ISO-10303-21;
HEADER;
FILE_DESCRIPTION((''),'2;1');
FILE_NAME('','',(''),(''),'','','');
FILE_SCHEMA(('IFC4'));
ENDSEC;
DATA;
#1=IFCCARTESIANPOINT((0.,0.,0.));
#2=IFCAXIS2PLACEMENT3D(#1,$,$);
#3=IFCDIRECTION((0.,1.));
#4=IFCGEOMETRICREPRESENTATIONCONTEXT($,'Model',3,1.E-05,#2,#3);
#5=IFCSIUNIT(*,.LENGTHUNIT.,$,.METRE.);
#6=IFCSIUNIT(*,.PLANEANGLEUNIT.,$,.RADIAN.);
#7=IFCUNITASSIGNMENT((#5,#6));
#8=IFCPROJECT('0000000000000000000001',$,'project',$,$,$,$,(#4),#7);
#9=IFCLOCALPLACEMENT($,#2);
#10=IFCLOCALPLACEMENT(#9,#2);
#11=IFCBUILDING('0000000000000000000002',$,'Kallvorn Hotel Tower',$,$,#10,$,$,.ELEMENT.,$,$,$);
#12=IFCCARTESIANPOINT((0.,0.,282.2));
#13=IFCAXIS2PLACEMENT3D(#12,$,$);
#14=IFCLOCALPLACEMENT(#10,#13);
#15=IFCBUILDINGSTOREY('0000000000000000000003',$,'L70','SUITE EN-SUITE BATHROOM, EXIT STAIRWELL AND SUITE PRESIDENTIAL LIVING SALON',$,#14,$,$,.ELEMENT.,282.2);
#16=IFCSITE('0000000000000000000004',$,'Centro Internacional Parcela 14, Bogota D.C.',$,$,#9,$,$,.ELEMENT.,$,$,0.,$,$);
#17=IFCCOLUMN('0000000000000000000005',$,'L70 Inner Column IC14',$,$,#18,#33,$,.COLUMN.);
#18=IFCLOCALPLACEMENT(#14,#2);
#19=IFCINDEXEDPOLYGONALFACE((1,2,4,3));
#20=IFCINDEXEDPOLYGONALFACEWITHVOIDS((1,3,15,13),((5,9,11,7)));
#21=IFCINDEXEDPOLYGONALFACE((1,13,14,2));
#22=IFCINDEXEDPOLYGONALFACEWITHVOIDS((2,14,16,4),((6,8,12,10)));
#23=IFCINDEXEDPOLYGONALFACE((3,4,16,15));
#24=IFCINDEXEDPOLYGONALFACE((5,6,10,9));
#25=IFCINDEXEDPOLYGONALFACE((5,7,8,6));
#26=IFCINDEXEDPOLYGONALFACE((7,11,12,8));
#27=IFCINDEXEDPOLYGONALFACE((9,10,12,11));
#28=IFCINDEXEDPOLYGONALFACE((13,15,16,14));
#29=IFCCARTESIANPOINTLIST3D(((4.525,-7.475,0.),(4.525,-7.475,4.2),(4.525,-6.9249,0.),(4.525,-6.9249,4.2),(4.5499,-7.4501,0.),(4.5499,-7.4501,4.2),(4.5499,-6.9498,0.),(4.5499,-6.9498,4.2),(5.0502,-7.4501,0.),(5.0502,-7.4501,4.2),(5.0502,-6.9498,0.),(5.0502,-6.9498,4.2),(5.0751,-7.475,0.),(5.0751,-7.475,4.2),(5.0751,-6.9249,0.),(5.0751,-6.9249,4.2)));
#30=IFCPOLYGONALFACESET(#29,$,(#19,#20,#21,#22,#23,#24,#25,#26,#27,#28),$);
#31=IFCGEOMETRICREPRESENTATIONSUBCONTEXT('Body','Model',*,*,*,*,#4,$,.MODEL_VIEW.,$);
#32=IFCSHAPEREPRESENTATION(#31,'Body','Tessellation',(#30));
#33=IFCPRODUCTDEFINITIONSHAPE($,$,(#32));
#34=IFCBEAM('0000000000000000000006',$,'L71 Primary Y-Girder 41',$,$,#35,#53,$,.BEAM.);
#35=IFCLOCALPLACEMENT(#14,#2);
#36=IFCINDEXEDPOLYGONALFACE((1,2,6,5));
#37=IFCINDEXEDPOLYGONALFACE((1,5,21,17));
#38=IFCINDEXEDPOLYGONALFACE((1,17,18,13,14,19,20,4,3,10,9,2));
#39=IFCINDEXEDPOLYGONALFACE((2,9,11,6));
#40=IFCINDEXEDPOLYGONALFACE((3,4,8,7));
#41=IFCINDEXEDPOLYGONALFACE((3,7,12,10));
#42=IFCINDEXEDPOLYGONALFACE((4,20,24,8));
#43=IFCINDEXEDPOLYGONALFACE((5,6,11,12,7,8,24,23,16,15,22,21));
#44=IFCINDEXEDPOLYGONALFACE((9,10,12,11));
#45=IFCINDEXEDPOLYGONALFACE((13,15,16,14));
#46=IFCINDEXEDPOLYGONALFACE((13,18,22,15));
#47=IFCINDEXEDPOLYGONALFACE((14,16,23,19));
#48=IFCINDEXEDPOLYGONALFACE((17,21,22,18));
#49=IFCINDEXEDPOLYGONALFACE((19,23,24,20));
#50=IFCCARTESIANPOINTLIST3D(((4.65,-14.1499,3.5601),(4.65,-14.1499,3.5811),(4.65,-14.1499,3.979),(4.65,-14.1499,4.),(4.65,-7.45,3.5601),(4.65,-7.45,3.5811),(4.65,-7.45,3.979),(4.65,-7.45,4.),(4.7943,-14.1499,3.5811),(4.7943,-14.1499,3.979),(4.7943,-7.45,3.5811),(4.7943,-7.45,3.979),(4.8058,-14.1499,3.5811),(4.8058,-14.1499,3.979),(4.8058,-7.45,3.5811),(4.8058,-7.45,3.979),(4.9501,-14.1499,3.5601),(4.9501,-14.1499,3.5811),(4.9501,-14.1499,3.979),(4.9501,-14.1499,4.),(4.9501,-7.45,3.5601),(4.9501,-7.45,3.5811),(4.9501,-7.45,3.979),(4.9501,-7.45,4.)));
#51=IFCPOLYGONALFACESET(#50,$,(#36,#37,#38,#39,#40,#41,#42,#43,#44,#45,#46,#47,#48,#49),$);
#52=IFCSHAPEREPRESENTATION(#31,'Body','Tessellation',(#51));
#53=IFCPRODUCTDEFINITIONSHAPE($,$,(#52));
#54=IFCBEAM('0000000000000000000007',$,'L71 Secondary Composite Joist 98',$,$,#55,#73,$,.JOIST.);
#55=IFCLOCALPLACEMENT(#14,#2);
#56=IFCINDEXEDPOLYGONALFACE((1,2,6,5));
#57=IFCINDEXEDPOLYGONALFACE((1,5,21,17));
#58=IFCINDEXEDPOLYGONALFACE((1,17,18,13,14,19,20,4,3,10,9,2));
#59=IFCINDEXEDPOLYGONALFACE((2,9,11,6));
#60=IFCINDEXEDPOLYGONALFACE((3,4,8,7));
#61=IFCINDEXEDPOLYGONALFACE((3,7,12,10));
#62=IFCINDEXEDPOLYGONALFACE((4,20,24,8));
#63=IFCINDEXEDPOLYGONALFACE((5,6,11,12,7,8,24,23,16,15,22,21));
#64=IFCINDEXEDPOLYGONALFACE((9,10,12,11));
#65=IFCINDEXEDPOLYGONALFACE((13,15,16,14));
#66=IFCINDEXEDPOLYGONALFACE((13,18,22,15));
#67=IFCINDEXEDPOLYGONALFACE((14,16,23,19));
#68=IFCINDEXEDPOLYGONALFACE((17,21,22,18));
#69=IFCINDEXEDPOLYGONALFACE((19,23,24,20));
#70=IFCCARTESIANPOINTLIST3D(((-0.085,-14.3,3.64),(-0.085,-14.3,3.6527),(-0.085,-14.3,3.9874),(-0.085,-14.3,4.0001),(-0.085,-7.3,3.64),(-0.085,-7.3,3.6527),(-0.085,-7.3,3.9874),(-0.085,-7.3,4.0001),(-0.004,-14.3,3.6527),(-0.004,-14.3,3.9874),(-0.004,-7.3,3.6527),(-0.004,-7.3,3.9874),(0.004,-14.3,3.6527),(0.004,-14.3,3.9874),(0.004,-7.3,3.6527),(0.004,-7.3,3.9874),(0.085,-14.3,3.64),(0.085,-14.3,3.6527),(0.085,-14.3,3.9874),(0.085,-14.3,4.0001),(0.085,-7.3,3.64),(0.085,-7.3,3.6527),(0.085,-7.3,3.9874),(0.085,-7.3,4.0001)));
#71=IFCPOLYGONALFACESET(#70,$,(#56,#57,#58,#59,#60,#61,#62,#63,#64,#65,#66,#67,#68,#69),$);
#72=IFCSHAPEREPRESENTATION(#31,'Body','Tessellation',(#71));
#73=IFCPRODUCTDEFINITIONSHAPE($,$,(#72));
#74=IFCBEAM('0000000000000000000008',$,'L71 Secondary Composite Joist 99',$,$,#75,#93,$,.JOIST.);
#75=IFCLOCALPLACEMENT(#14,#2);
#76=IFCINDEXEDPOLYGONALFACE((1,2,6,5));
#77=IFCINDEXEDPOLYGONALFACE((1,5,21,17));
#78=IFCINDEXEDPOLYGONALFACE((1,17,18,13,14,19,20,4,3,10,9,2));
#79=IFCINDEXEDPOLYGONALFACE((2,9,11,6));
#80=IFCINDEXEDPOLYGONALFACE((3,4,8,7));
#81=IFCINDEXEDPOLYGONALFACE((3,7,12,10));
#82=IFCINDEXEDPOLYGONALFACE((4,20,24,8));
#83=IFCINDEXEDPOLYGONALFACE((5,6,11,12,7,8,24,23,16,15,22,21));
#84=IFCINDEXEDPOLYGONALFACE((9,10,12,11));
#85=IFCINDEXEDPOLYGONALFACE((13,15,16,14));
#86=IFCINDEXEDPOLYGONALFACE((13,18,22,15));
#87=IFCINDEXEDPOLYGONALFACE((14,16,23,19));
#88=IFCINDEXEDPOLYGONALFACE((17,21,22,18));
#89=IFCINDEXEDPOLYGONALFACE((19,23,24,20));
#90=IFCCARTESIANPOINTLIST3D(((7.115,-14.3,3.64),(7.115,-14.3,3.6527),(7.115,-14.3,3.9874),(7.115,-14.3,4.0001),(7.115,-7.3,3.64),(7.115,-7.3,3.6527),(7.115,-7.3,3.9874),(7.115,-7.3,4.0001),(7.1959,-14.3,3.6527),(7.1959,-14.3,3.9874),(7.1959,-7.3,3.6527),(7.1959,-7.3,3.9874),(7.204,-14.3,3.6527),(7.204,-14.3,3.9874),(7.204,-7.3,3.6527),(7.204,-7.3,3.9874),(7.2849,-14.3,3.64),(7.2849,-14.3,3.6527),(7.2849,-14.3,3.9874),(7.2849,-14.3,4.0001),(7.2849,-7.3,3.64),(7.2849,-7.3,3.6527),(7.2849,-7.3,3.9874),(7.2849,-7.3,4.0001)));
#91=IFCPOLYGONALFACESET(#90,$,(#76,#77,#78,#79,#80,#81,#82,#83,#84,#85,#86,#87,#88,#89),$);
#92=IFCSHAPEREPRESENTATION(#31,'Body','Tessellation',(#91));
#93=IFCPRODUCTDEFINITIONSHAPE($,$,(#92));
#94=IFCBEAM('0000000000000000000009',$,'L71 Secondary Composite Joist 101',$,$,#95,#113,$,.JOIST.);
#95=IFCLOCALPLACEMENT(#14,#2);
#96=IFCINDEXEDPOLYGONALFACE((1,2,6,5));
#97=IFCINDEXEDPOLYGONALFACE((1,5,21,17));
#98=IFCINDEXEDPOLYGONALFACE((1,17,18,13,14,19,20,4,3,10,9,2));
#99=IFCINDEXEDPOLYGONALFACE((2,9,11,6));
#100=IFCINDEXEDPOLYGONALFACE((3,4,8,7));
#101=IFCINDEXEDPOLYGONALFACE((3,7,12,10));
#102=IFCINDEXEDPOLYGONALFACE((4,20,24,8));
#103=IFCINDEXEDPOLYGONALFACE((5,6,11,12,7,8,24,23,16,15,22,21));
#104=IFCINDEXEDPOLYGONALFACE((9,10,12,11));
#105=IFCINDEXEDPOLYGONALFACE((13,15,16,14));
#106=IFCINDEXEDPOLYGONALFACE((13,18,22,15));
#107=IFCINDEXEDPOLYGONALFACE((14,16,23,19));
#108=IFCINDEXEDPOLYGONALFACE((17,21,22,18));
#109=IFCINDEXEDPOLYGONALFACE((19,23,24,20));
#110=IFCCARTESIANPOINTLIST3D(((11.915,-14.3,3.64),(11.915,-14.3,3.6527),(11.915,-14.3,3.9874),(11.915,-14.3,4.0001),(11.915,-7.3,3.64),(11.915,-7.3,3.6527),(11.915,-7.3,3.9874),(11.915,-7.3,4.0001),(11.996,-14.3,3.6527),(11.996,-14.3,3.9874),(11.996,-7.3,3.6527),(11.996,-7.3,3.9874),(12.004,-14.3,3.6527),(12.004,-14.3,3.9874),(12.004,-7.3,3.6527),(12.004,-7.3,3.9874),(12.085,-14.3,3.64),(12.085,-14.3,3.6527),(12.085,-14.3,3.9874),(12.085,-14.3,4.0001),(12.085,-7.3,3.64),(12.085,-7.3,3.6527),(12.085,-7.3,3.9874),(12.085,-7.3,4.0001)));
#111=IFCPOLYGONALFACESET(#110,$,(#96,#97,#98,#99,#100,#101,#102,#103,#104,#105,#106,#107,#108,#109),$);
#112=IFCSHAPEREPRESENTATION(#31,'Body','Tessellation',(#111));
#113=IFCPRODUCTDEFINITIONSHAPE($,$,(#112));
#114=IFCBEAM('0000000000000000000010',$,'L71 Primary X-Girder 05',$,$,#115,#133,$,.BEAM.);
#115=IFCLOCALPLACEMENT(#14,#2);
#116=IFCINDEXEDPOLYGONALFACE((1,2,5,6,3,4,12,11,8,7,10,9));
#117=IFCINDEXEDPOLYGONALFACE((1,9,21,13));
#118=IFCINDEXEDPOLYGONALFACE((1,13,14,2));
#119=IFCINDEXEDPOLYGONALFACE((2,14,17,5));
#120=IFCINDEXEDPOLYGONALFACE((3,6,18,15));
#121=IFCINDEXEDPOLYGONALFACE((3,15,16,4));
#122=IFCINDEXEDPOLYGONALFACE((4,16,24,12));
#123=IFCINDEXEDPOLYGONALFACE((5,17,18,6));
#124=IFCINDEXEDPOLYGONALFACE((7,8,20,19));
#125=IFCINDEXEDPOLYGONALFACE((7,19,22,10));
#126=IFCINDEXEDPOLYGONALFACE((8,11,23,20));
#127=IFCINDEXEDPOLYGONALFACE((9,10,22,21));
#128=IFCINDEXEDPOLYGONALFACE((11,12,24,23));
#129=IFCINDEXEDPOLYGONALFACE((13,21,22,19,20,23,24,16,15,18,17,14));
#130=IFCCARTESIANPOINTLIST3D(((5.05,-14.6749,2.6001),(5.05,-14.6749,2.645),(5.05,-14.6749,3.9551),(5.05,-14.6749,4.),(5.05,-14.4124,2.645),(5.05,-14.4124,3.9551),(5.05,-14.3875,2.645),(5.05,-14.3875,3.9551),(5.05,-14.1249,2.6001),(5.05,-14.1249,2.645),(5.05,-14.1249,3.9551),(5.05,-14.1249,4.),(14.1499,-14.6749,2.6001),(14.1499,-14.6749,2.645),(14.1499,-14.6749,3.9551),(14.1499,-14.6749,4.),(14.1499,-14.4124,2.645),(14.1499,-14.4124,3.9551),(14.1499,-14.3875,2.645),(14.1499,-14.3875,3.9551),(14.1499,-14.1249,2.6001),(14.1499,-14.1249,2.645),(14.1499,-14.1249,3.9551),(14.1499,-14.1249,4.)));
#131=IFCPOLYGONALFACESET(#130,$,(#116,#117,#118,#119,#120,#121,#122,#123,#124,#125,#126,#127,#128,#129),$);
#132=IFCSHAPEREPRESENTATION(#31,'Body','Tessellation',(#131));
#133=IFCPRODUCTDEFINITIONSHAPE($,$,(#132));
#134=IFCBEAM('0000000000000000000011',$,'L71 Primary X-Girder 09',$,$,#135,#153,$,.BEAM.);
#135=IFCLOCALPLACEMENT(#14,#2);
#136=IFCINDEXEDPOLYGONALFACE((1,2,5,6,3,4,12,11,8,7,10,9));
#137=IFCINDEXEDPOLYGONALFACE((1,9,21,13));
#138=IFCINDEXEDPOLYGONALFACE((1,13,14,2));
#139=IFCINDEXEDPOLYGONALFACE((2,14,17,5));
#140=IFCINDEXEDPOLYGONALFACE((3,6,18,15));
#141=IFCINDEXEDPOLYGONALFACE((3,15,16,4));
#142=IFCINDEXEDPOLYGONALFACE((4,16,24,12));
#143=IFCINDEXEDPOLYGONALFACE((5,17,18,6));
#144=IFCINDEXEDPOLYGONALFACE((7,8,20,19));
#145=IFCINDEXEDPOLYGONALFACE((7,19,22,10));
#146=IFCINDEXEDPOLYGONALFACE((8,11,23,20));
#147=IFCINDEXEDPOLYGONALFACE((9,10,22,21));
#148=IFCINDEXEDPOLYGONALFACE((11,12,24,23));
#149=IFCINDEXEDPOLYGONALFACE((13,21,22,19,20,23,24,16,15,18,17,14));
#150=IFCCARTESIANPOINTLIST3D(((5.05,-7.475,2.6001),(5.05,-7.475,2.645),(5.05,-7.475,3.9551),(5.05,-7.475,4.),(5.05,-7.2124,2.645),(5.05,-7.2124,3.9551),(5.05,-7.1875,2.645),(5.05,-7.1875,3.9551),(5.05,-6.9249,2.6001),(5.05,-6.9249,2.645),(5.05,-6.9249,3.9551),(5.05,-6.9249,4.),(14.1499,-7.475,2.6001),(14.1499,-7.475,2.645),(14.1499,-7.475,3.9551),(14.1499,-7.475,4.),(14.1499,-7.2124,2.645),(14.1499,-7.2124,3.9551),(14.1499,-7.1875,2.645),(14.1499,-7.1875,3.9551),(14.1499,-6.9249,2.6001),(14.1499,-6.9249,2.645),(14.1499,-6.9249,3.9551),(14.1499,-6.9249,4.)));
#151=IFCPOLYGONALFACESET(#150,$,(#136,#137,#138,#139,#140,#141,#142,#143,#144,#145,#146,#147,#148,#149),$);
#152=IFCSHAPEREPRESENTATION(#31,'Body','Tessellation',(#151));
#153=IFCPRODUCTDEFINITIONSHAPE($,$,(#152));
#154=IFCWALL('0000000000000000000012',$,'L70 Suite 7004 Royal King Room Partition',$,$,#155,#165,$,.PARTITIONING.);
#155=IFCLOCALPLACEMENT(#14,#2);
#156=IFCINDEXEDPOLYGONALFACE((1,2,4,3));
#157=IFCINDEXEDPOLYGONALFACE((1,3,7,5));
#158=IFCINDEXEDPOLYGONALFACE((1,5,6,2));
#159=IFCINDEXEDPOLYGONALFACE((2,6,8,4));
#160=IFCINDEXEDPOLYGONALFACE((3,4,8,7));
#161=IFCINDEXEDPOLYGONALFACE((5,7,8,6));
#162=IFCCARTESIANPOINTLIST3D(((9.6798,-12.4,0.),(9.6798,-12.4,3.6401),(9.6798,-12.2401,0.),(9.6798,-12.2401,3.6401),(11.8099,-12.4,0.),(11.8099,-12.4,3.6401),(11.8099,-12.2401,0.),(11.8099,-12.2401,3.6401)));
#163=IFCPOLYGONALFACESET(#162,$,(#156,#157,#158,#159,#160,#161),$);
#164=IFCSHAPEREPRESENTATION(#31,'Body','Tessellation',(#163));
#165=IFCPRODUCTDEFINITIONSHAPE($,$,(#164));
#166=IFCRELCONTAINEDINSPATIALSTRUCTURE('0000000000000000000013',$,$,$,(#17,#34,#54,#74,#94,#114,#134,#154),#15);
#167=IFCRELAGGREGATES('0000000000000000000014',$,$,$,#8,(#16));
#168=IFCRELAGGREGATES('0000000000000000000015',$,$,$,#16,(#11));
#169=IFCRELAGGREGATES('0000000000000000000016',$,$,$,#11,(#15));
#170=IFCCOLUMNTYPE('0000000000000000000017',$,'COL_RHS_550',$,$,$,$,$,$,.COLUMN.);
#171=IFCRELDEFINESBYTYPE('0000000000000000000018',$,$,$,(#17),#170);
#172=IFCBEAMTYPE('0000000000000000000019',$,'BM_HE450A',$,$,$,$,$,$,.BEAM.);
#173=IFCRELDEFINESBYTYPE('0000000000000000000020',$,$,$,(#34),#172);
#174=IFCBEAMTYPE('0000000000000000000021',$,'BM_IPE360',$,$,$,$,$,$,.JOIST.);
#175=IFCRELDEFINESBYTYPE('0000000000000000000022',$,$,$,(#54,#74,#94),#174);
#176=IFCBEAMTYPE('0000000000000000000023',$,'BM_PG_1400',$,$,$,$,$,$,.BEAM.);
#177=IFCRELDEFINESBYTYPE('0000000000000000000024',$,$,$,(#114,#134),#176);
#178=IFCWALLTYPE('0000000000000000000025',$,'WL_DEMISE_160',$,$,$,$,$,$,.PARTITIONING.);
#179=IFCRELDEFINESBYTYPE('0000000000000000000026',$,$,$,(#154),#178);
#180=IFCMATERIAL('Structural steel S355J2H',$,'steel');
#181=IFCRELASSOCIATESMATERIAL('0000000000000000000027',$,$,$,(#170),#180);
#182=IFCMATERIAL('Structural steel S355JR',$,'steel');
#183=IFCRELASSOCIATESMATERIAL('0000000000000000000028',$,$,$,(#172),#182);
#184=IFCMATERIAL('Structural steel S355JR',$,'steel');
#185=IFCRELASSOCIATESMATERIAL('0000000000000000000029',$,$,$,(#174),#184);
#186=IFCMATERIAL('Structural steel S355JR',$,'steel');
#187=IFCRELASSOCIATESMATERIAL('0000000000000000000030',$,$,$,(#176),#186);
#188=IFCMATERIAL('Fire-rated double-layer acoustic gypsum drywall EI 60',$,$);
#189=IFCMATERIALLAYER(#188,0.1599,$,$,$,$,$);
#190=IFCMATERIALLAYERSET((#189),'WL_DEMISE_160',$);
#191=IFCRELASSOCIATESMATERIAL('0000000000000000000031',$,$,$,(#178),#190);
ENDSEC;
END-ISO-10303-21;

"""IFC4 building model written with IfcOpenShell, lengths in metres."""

from ifc_helpers import new_model, si_unit, direction, frame, frame_2d, origin, origin_2d, place, context, subcontext, project, spatial, rectangle, hollow_rectangle, i_section, extrude, material, layer, layer_set, material_profile, profile_set, type_object, element, save


model = new_model("IFC4")

# Units and contexts
model_context = context("Model", 3, precision=1e-05, world=origin(), true_north=direction((0.0, 1.0)))
body_context = subcontext(model_context, "Body", "Model", "MODEL_VIEW")
ifc_project = project(units=[si_unit("LENGTHUNIT", "METRE"), si_unit("PLANEANGLEUNIT", "RADIAN")], contexts=[model_context])

# Site, building, storey
site_placement = place(None, origin())
site = spatial("IfcSite", under=ifc_project, at=site_placement, Name="Centro Internacional Parcela 14, Bogota D.C.", CompositionType="ELEMENT", RefElevation=0.0)
building_placement = place(site_placement, origin())
building = spatial("IfcBuilding", under=site, at=building_placement, Name="Kallvorn Hotel Tower", CompositionType="ELEMENT")
storey_placement = place(building_placement, frame((0.0, 0.0, 282.2)))
storey = spatial("IfcBuildingStorey", under=building, at=storey_placement, Name="L70", Description="SUITE EN-SUITE BATHROOM, EXIT STAIRWELL AND SUITE PRESIDENTIAL LIVING SALON", CompositionType="ELEMENT", Elevation=282.2)

# Column
ifc_material_1 = material(Name="Structural steel S355J2H", Category="steel")
ifc_material_profile_1 = material_profile(ifc_material_1, hollow_rectangle(XDim=0.55, YDim=0.55, WallThickness=0.0249, at=origin_2d()), Name="RHS 550x550x25")
ifc_profile_set_1 = profile_set([ifc_material_profile_1], Name="Structural steel S355J2H")
column_type = type_object("IfcColumnType", Name="COL_RHS_550", PredefinedType="COLUMN", material=ifc_profile_set_1)
column_placement = place(storey_placement, frame((4.8, -7.2, 0.0), z_axis=(0.0, 0.0, 1.0), x_axis=(1.0, 0.0, 0.0)))
element("IfcColumn", 1, at=column_placement, inside=storey, type_object=column_type, Name="L70 Inner Column IC14", PredefinedType="COLUMN", context=body_context, shape_type="SweptSolid", body=[
    extrude(hollow_rectangle(XDim=0.55, YDim=0.55, WallThickness=0.0249, at=origin_2d()), origin(), (0.0, 0.0, 1.0), 4.2),
])

# Beams
ifc_material_2 = material(Name="Structural steel S355JR", Category="steel")
ifc_material_profile_2 = material_profile(ifc_material_2, i_section(OverallWidth=0.3, OverallDepth=0.4399, WebThickness=0.0115, FlangeThickness=0.021, at=origin_2d()), Name="HE 450 A")
ifc_profile_set_2 = profile_set([ifc_material_profile_2], Name="Structural steel S355JR")
beam_type_1 = type_object("IfcBeamType", Name="BM_HE450A", PredefinedType="BEAM", material=ifc_profile_set_2)
beam_placement = place(storey_placement, frame((4.8, -14.1499, 3.78), z_axis=(0.0, 1.0, 0.0), x_axis=(-1.0, 0.0, 0.0)))
element("IfcBeam", 2, at=beam_placement, inside=storey, type_object=beam_type_1, Name="L71 Primary Y-Girder 41", PredefinedType="BEAM", context=body_context, shape_type="SweptSolid", body=[
    extrude(i_section(OverallWidth=0.3, OverallDepth=0.4399, WebThickness=0.0115, FlangeThickness=0.021, at=origin_2d()), origin(), (0.0, 0.0, 1.0), 6.7),
])
ifc_material_3 = material(Name="Structural steel S355JR", Category="steel")
ifc_material_profile_3 = material_profile(ifc_material_3, i_section(OverallWidth=0.1699, OverallDepth=0.3601, WebThickness=0.0081, FlangeThickness=0.0127, at=origin_2d()), Name="IPE 360")
ifc_profile_set_3 = profile_set([ifc_material_profile_3], Name="Structural steel S355JR")
beam_type_2 = type_object("IfcBeamType", Name="BM_IPE360", PredefinedType="JOIST", material=ifc_profile_set_3)
for number, where, z_axis, x_axis, name in (
    (3, (0.0, -14.3, 3.8201), (0.0, 1.0, 0.0), (-1.0, 0.0, 0.0), "L71 Secondary Composite Joist 98"),
    (4, (7.2, -14.3, 3.8201), (0.0, 1.0, 0.0), (-1.0, 0.0, 0.0), "L71 Secondary Composite Joist 99"),
    (5, (12.0, -14.3, 3.8201), (0.0, 1.0, 0.0), (-1.0, 0.0, 0.0), "L71 Secondary Composite Joist 101"),
):
    element("IfcBeam", number, at=place(storey_placement, frame(where, z_axis=z_axis, x_axis=x_axis)), inside=storey, type_object=beam_type_2, Name=name, PredefinedType="JOIST", context=body_context, shape_type="SweptSolid", body=[
        extrude(i_section(OverallWidth=0.1699, OverallDepth=0.3601, WebThickness=0.0081, FlangeThickness=0.0127, at=origin_2d()), origin(), (0.0, 0.0, 1.0), 7.0),
    ])
ifc_material_4 = material(Name="Structural steel S355JR", Category="steel")
ifc_material_profile_4 = material_profile(ifc_material_4, i_section(OverallWidth=0.55, OverallDepth=1.3999, WebThickness=0.0249, FlangeThickness=0.0449, at=origin_2d()), Name="PG 1400x550x25x45")
ifc_profile_set_4 = profile_set([ifc_material_profile_4], Name="Structural steel S355JR")
beam_type_3 = type_object("IfcBeamType", Name="BM_PG_1400", PredefinedType="BEAM", material=ifc_profile_set_4)
for number, where, z_axis, x_axis, name in (
    (6, (5.05, -14.3999, 3.3), (1.0, 0.0, 0.0), (0.0, 1.0, 0.0), "L71 Primary X-Girder 05"),
    (7, (5.05, -7.2, 3.3), (1.0, 0.0, 0.0), (0.0, 1.0, 0.0), "L71 Primary X-Girder 09"),
):
    element("IfcBeam", number, at=place(storey_placement, frame(where, z_axis=z_axis, x_axis=x_axis)), inside=storey, type_object=beam_type_3, Name=name, PredefinedType="BEAM", context=body_context, shape_type="SweptSolid", body=[
        extrude(i_section(OverallWidth=0.55, OverallDepth=1.3999, WebThickness=0.0249, FlangeThickness=0.0449, at=origin_2d()), origin(), (0.0, 0.0, 1.0), 9.0999),
    ])

# Wall
ifc_material_5 = material(Name="Fire-rated double-layer acoustic gypsum drywall EI 60")
ifc_layer_1 = layer(ifc_material_5, 0.1599)
ifc_layer_set_1 = layer_set([ifc_layer_1], Name="WL_DEMISE_160")
wall_type_1 = type_object("IfcWallType", Name="WL_DEMISE_160", PredefinedType="PARTITIONING", material=ifc_layer_set_1)
wall_1_placement = place(storey_placement, frame((9.6799, -12.3201, 0.0), z_axis=(0.0, 0.0, 1.0), x_axis=(1.0, 0.0, 0.0)))
element("IfcWall", 8, at=wall_1_placement, inside=storey, type_object=wall_type_1, Name="L70 Suite 7004 Royal King Room Partition", PredefinedType="PARTITIONING", context=body_context, shape_type="SweptSolid", body=[
    extrude(rectangle(XDim=2.1301, YDim=0.1599, at=frame_2d((1.0649, 0.0))), origin(), (0.0, 0.0, 1.0), 3.6401),
])

save(model, "model.ifc")
